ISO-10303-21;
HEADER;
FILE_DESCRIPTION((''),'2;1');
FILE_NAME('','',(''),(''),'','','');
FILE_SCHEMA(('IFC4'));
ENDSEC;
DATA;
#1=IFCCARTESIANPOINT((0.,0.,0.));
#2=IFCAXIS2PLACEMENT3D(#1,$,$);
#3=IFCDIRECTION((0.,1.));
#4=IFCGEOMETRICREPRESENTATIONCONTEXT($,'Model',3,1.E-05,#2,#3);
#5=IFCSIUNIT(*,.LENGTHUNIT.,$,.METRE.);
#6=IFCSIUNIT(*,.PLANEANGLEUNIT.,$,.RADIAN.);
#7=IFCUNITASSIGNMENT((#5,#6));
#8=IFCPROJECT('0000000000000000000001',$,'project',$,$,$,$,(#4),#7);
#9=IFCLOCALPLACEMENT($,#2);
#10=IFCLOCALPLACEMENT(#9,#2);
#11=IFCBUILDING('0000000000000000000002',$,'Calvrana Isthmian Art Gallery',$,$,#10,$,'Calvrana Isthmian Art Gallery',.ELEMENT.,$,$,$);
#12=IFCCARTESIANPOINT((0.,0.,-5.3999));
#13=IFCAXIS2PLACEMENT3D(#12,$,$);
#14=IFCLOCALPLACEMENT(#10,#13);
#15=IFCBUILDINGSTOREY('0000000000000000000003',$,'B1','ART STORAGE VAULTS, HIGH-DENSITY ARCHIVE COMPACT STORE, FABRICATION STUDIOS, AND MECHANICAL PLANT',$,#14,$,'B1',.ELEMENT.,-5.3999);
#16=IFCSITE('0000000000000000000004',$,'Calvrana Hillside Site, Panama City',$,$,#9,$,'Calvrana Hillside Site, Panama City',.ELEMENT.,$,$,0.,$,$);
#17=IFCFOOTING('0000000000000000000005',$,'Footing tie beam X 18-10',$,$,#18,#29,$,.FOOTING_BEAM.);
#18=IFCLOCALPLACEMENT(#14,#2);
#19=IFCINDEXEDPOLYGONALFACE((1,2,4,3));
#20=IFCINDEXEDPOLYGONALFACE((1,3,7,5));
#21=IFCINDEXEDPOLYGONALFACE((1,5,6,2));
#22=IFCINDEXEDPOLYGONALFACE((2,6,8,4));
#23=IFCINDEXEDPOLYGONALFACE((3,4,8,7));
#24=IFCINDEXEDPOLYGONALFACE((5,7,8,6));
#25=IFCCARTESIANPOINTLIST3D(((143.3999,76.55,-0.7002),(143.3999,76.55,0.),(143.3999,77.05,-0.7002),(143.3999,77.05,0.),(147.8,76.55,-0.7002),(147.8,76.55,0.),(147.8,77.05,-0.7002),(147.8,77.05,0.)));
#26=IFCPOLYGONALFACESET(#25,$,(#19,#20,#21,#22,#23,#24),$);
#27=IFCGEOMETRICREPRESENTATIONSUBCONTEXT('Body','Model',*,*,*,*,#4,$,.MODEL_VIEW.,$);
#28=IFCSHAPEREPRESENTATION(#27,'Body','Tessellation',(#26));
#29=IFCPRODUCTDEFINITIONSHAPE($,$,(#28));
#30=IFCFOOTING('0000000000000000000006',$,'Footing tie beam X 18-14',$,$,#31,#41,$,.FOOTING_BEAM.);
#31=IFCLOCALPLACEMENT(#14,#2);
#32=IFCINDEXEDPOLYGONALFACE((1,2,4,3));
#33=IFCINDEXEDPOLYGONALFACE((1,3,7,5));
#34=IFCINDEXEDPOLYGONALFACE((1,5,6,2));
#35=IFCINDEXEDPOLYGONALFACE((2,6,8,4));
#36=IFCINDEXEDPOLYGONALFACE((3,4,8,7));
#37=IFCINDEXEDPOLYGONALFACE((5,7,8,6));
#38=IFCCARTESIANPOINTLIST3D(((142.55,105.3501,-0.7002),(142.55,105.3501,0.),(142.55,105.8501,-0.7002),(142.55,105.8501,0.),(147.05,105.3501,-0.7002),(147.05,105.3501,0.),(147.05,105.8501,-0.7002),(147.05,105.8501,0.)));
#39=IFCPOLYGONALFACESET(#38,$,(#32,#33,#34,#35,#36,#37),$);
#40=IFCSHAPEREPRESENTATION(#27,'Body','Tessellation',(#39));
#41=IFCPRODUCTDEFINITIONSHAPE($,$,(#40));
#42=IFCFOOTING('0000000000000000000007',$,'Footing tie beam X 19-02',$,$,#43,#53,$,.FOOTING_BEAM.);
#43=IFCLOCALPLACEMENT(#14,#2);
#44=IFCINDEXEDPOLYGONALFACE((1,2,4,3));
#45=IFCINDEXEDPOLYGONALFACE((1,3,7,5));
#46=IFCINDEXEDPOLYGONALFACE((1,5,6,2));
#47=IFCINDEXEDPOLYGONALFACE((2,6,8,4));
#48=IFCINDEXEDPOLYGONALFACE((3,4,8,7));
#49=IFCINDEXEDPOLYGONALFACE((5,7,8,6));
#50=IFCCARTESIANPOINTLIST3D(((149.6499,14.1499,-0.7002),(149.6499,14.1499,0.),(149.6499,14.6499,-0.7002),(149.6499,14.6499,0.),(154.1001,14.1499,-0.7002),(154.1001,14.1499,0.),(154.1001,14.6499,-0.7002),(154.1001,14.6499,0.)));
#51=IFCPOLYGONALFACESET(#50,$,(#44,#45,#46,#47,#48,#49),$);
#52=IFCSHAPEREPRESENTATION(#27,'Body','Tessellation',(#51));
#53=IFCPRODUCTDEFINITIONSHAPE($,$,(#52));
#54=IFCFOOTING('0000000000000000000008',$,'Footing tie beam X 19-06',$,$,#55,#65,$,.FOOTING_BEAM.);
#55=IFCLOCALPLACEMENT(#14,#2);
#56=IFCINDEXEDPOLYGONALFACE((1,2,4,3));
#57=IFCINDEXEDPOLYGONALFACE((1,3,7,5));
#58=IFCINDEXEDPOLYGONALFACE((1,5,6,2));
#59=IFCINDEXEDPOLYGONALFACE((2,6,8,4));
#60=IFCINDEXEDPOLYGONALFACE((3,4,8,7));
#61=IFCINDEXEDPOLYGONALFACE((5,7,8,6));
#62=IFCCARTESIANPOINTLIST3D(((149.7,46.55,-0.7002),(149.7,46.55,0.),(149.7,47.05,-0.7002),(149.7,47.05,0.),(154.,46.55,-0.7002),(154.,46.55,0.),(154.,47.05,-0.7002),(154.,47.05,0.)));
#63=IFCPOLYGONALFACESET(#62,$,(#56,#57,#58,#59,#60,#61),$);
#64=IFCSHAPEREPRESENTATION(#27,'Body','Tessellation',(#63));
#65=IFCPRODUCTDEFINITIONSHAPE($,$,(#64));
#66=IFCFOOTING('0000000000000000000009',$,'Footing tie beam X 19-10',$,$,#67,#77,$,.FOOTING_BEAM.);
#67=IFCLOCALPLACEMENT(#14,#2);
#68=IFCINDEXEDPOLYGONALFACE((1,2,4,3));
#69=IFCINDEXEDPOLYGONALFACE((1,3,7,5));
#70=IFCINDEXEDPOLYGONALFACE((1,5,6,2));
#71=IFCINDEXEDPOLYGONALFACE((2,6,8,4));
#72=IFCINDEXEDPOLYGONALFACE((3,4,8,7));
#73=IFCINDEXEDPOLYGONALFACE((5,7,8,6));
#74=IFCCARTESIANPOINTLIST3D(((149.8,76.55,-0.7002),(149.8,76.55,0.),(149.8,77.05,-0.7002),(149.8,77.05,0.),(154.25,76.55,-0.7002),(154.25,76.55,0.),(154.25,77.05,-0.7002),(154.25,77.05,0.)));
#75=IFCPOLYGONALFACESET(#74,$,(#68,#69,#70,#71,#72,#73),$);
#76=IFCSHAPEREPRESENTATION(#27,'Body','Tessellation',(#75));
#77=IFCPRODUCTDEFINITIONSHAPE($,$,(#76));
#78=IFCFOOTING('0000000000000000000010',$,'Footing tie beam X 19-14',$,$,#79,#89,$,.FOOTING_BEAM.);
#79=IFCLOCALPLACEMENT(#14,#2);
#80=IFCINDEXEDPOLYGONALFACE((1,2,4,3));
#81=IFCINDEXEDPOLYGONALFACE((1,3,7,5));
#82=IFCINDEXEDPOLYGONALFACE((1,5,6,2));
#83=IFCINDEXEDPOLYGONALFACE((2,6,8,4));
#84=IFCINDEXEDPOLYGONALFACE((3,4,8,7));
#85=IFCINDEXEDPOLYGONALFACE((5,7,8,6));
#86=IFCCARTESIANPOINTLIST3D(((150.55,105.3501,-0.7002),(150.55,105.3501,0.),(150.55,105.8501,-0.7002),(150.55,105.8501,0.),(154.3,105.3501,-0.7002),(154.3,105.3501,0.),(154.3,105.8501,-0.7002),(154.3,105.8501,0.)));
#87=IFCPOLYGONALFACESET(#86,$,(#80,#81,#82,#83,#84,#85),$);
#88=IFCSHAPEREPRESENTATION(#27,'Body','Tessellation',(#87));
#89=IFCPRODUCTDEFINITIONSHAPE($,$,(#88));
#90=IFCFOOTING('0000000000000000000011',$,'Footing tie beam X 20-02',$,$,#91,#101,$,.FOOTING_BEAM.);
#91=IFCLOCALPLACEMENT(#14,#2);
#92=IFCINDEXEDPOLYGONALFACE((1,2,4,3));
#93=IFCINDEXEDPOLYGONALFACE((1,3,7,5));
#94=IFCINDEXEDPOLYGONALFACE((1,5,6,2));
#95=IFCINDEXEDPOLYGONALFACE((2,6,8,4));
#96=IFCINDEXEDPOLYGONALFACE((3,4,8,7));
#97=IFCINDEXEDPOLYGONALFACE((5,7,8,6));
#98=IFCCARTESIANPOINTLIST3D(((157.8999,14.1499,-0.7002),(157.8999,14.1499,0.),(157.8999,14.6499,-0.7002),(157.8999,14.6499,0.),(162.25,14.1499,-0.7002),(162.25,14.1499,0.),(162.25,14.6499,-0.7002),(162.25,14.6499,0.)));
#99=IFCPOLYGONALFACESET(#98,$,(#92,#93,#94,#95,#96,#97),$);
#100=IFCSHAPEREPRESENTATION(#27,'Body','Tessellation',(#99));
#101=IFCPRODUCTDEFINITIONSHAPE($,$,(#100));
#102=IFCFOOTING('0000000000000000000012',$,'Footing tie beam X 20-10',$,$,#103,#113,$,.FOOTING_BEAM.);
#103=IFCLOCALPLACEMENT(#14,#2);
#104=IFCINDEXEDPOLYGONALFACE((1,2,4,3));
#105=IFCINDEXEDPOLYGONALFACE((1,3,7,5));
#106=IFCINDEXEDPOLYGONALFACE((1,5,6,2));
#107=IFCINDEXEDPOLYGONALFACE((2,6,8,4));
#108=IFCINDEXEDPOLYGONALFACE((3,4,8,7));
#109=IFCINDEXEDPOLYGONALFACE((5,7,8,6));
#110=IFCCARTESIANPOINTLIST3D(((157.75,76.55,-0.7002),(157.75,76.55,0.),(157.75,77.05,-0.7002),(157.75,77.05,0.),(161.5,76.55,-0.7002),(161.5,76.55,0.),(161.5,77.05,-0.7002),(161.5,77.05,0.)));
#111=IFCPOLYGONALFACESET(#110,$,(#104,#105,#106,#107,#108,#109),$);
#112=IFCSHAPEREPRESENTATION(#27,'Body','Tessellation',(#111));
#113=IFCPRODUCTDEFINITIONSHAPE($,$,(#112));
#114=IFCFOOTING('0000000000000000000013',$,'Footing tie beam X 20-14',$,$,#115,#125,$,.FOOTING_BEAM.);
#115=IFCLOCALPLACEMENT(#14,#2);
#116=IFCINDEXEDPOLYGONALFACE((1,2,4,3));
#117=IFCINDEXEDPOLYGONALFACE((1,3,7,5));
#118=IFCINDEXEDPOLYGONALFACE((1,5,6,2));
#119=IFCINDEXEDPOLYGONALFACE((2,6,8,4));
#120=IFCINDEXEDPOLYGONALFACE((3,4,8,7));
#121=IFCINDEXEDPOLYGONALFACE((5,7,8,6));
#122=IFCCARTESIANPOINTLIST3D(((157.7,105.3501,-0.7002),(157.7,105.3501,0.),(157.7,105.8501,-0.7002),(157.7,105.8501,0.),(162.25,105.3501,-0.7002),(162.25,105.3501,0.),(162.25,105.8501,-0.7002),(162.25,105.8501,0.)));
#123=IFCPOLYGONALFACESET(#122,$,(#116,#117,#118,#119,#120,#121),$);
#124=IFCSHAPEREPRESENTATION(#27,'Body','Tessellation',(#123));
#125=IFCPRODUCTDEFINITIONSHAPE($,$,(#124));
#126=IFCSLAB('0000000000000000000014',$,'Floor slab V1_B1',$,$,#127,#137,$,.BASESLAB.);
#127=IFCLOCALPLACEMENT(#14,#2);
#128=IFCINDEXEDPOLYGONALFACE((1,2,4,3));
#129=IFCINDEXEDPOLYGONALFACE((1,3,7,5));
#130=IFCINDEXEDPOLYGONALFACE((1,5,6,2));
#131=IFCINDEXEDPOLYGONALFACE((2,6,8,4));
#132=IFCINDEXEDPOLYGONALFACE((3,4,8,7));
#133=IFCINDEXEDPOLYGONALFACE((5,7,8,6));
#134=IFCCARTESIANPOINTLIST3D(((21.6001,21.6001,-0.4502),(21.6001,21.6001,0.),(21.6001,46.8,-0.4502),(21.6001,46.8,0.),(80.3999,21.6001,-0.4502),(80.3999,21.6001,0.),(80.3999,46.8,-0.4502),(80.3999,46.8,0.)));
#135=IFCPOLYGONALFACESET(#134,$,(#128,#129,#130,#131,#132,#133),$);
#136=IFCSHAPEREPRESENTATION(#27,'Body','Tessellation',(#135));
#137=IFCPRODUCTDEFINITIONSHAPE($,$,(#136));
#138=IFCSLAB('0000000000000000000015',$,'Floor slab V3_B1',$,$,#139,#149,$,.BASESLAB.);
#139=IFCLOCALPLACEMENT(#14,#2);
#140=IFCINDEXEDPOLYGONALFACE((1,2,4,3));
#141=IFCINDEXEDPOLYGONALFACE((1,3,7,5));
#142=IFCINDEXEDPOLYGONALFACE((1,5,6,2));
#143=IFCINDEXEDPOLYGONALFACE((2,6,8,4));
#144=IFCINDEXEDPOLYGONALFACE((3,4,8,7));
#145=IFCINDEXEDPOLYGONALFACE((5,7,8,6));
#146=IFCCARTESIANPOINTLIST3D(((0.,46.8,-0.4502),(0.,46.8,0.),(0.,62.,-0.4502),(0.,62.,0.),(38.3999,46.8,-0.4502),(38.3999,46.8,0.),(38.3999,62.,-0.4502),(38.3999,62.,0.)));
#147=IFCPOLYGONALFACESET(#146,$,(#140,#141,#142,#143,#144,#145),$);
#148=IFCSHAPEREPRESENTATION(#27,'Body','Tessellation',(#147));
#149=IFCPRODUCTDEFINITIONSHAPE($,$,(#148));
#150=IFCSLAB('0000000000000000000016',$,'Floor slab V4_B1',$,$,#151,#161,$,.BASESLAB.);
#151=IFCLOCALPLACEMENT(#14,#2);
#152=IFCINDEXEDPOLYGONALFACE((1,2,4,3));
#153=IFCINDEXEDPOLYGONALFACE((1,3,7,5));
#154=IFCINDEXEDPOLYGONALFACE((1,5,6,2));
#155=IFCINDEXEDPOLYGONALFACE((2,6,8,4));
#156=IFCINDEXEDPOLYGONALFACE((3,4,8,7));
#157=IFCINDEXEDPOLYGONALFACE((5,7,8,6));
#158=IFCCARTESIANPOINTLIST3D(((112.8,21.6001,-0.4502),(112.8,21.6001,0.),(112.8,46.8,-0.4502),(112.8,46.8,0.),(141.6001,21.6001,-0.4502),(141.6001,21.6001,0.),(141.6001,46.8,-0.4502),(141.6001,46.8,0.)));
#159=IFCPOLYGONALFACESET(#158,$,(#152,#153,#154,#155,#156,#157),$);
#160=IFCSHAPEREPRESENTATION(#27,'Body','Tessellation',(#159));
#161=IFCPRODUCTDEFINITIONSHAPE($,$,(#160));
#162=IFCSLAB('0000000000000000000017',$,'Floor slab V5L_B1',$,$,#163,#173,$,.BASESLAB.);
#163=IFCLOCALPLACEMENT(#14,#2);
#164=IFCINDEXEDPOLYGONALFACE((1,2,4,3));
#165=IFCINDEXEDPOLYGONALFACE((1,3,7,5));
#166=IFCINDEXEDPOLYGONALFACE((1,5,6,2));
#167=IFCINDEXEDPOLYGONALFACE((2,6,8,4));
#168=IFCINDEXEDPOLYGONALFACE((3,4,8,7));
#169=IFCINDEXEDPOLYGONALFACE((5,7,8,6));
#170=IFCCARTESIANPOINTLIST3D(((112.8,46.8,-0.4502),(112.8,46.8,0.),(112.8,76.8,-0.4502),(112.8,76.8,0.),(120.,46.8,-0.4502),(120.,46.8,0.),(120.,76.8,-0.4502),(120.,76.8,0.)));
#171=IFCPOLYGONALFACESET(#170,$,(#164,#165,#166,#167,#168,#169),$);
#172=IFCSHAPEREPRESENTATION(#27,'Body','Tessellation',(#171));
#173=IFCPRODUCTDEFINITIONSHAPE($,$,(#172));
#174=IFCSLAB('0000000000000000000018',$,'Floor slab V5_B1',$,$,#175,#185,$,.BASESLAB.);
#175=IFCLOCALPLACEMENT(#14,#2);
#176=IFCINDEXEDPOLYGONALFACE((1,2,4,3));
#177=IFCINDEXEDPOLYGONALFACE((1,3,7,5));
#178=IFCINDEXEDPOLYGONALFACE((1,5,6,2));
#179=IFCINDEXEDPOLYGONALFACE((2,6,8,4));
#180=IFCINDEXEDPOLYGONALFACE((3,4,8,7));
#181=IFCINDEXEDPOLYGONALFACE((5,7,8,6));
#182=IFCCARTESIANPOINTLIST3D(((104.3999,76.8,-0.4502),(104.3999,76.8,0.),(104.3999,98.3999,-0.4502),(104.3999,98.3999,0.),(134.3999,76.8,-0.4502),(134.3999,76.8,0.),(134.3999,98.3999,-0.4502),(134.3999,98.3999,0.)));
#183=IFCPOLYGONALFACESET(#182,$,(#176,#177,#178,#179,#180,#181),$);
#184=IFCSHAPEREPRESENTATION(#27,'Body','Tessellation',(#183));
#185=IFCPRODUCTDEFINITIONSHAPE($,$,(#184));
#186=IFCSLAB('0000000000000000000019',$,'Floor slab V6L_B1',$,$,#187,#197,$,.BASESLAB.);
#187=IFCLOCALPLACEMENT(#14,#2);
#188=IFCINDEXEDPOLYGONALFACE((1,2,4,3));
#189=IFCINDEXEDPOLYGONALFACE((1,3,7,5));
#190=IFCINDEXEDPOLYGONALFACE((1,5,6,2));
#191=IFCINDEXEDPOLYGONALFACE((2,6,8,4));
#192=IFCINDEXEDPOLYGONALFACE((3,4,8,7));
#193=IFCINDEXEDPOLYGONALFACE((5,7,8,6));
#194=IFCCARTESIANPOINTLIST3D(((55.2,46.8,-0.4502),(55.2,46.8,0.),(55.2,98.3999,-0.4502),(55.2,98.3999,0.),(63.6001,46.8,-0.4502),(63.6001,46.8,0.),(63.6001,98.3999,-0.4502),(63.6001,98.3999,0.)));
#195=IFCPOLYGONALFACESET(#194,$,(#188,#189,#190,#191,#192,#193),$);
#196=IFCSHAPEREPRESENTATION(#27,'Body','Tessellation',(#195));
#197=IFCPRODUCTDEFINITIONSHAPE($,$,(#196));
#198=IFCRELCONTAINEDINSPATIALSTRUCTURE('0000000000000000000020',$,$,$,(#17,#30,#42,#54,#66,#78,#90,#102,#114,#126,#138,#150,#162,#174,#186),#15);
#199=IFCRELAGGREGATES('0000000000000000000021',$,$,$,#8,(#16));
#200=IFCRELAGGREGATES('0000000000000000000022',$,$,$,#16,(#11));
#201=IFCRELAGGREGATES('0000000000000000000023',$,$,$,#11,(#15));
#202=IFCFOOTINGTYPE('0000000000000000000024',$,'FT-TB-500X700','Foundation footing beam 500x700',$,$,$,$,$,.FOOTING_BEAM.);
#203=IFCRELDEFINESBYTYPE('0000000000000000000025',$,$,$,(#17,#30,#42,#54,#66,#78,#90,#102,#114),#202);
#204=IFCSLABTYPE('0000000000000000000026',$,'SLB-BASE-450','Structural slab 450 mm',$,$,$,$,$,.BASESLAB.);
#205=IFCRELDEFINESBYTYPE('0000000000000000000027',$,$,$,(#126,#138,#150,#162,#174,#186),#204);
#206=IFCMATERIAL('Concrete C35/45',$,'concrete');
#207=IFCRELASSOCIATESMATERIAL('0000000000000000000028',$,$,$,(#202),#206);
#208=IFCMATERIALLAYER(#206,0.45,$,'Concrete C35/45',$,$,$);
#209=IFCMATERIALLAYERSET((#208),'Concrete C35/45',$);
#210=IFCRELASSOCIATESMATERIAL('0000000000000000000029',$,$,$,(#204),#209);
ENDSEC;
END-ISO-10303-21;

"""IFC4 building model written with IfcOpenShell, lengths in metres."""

from ifc_helpers import new_model, si_unit, direction, frame, origin, place, context, subcontext, project, spatial, polyline, outline, extrude, material, layer, layer_set, type_object, element, save


model = new_model("IFC4")

# Units and contexts
model_context = context("Model", 3, precision=1e-05, world=origin(), true_north=direction((0.0, 1.0)))
body_context = subcontext(model_context, "Body", "Model", "MODEL_VIEW")
ifc_project = project(units=[si_unit("LENGTHUNIT", "METRE"), si_unit("PLANEANGLEUNIT", "RADIAN")], contexts=[model_context])

# Site, building, storey
site_placement = place(None, origin())
site = spatial("IfcSite", under=ifc_project, at=site_placement, Name="Calvrana Hillside Site, Panama City", LongName="Calvrana Hillside Site, Panama City", CompositionType="ELEMENT", RefElevation=0.0)
building_placement = place(site_placement, origin())
building = spatial("IfcBuilding", under=site, at=building_placement, Name="Calvrana Isthmian Art Gallery", LongName="Calvrana Isthmian Art Gallery", CompositionType="ELEMENT")
storey_placement = place(building_placement, frame((0.0, 0.0, -5.3999)))
storey = spatial("IfcBuildingStorey", under=building, at=storey_placement, Name="B1", Description="ART STORAGE VAULTS, HIGH-DENSITY ARCHIVE COMPACT STORE, FABRICATION STUDIOS, AND MECHANICAL PLANT", LongName="B1", CompositionType="ELEMENT", Elevation=-5.3999)

# Footings
ifc_material = material(Name="Concrete C35/45", Category="concrete")
footing_type_1 = type_object("IfcFootingType", Name="FT-TB-500X700", Description="Foundation footing beam 500x700", PredefinedType="FOOTING_BEAM", material=ifc_material)
footing_1_placement = place(storey_placement, frame((0.0, 0.0, -0.7002)))
element("IfcFooting", 1, at=footing_1_placement, inside=storey, type_object=footing_type_1, Name="Footing tie beam X 18-10", PredefinedType="FOOTING_BEAM", context=body_context, shape_type="SweptSolid", body=[
    extrude(outline(polyline([(143.3999, 76.55), (147.8, 76.55), (147.8, 77.05), (143.3999, 77.05), (143.3999, 76.55)])), origin(), (0.0, 0.0, 1.0), 0.7002),
])
footing_2_placement = place(storey_placement, frame((0.0, 0.0, -0.7002)))
element("IfcFooting", 2, at=footing_2_placement, inside=storey, type_object=footing_type_1, Name="Footing tie beam X 18-14", PredefinedType="FOOTING_BEAM", context=body_context, shape_type="SweptSolid", body=[
    extrude(outline(polyline([(142.55, 105.3501), (147.05, 105.3501), (147.05, 105.8501), (142.55, 105.8501), (142.55, 105.3501)])), origin(), (0.0, 0.0, 1.0), 0.7002),
])
footing_3_placement = place(storey_placement, frame((0.0, 0.0, -0.7002)))
element("IfcFooting", 3, at=footing_3_placement, inside=storey, type_object=footing_type_1, Name="Footing tie beam X 19-02", PredefinedType="FOOTING_BEAM", context=body_context, shape_type="SweptSolid", body=[
    extrude(outline(polyline([(149.6499, 14.1499), (154.1001, 14.1499), (154.1001, 14.6499), (149.6499, 14.6499), (149.6499, 14.1499)])), origin(), (0.0, 0.0, 1.0), 0.7002),
])
footing_4_placement = place(storey_placement, frame((0.0, 0.0, -0.7002)))
element("IfcFooting", 4, at=footing_4_placement, inside=storey, type_object=footing_type_1, Name="Footing tie beam X 19-06", PredefinedType="FOOTING_BEAM", context=body_context, shape_type="SweptSolid", body=[
    extrude(outline(polyline([(149.7, 46.55), (154.0, 46.55), (154.0, 47.05), (149.7, 47.05), (149.7, 46.55)])), origin(), (0.0, 0.0, 1.0), 0.7002),
])
footing_5_placement = place(storey_placement, frame((0.0, 0.0, -0.7002)))
element("IfcFooting", 5, at=footing_5_placement, inside=storey, type_object=footing_type_1, Name="Footing tie beam X 19-10", PredefinedType="FOOTING_BEAM", context=body_context, shape_type="SweptSolid", body=[
    extrude(outline(polyline([(149.8, 76.55), (154.25, 76.55), (154.25, 77.05), (149.8, 77.05), (149.8, 76.55)])), origin(), (0.0, 0.0, 1.0), 0.7002),
])
footing_6_placement = place(storey_placement, frame((0.0, 0.0, -0.7002)))
element("IfcFooting", 6, at=footing_6_placement, inside=storey, type_object=footing_type_1, Name="Footing tie beam X 19-14", PredefinedType="FOOTING_BEAM", context=body_context, shape_type="SweptSolid", body=[
    extrude(outline(polyline([(150.55, 105.3501), (154.3, 105.3501), (154.3, 105.8501), (150.55, 105.8501), (150.55, 105.3501)])), origin(), (0.0, 0.0, 1.0), 0.7002),
])
footing_7_placement = place(storey_placement, frame((0.0, 0.0, -0.7002)))
element("IfcFooting", 7, at=footing_7_placement, inside=storey, type_object=footing_type_1, Name="Footing tie beam X 20-02", PredefinedType="FOOTING_BEAM", context=body_context, shape_type="SweptSolid", body=[
    extrude(outline(polyline([(157.8999, 14.1499), (162.25, 14.1499), (162.25, 14.6499), (157.8999, 14.6499), (157.8999, 14.1499)])), origin(), (0.0, 0.0, 1.0), 0.7002),
])
footing_8_placement = place(storey_placement, frame((0.0, 0.0, -0.7002)))
element("IfcFooting", 8, at=footing_8_placement, inside=storey, type_object=footing_type_1, Name="Footing tie beam X 20-10", PredefinedType="FOOTING_BEAM", context=body_context, shape_type="SweptSolid", body=[
    extrude(outline(polyline([(157.75, 76.55), (161.5, 76.55), (161.5, 77.05), (157.75, 77.05), (157.75, 76.55)])), origin(), (0.0, 0.0, 1.0), 0.7002),
])
footing_9_placement = place(storey_placement, frame((0.0, 0.0, -0.7002)))
element("IfcFooting", 9, at=footing_9_placement, inside=storey, type_object=footing_type_1, Name="Footing tie beam X 20-14", PredefinedType="FOOTING_BEAM", context=body_context, shape_type="SweptSolid", body=[
    extrude(outline(polyline([(157.7, 105.3501), (162.25, 105.3501), (162.25, 105.8501), (157.7, 105.8501), (157.7, 105.3501)])), origin(), (0.0, 0.0, 1.0), 0.7002),
])

# Slabs
ifc_layer = layer(ifc_material, 0.45, Name="Concrete C35/45")
ifc_layer_set = layer_set([ifc_layer], Name="Concrete C35/45")
slab_type = type_object("IfcSlabType", Name="SLB-BASE-450", Description="Structural slab 450 mm", PredefinedType="BASESLAB", material=ifc_layer_set)
slab_1_placement = place(storey_placement, frame((0.0, 0.0, -0.4502)))
element("IfcSlab", 10, at=slab_1_placement, inside=storey, type_object=slab_type, Name="Floor slab V1_B1", PredefinedType="BASESLAB", context=body_context, shape_type="SweptSolid", body=[
    extrude(outline(polyline([(21.6001, 21.6001), (80.3999, 21.6001), (80.3999, 46.8), (21.6001, 46.8), (21.6001, 21.6001)])), origin(), (0.0, 0.0, 1.0), 0.4502),
])
slab_2_placement = place(storey_placement, frame((0.0, 0.0, -0.4502)))
element("IfcSlab", 11, at=slab_2_placement, inside=storey, type_object=slab_type, Name="Floor slab V3_B1", PredefinedType="BASESLAB", context=body_context, shape_type="SweptSolid", body=[
    extrude(outline(polyline([(0.0, 46.8), (38.3999, 46.8), (38.3999, 62.0), (0.0, 62.0), (0.0, 46.8)])), origin(), (0.0, 0.0, 1.0), 0.4502),
])
slab_3_placement = place(storey_placement, frame((0.0, 0.0, -0.4502)))
element("IfcSlab", 12, at=slab_3_placement, inside=storey, type_object=slab_type, Name="Floor slab V4_B1", PredefinedType="BASESLAB", context=body_context, shape_type="SweptSolid", body=[
    extrude(outline(polyline([(112.8, 21.6001), (141.6001, 21.6001), (141.6001, 46.8), (112.8, 46.8), (112.8, 21.6001)])), origin(), (0.0, 0.0, 1.0), 0.4502),
])
slab_4_placement = place(storey_placement, frame((0.0, 0.0, -0.4502)))
element("IfcSlab", 13, at=slab_4_placement, inside=storey, type_object=slab_type, Name="Floor slab V5L_B1", PredefinedType="BASESLAB", context=body_context, shape_type="SweptSolid", body=[
    extrude(outline(polyline([(112.8, 46.8), (120.0, 46.8), (120.0, 76.8), (112.8, 76.8), (112.8, 46.8)])), origin(), (0.0, 0.0, 1.0), 0.4502),
])
slab_5_placement = place(storey_placement, frame((0.0, 0.0, -0.4502)))
element("IfcSlab", 14, at=slab_5_placement, inside=storey, type_object=slab_type, Name="Floor slab V5_B1", PredefinedType="BASESLAB", context=body_context, shape_type="SweptSolid", body=[
    extrude(outline(polyline([(104.3999, 76.8), (134.3999, 76.8), (134.3999, 98.3999), (104.3999, 98.3999), (104.3999, 76.8)])), origin(), (0.0, 0.0, 1.0), 0.4502),
])
slab_6_placement = place(storey_placement, frame((0.0, 0.0, -0.4502)))
element("IfcSlab", 15, at=slab_6_placement, inside=storey, type_object=slab_type, Name="Floor slab V6L_B1", PredefinedType="BASESLAB", context=body_context, shape_type="SweptSolid", body=[
    extrude(outline(polyline([(55.2, 46.8), (63.6001, 46.8), (63.6001, 98.3999), (55.2, 98.3999), (55.2, 46.8)])), origin(), (0.0, 0.0, 1.0), 0.4502),
])

save(model, "model.ifc")
